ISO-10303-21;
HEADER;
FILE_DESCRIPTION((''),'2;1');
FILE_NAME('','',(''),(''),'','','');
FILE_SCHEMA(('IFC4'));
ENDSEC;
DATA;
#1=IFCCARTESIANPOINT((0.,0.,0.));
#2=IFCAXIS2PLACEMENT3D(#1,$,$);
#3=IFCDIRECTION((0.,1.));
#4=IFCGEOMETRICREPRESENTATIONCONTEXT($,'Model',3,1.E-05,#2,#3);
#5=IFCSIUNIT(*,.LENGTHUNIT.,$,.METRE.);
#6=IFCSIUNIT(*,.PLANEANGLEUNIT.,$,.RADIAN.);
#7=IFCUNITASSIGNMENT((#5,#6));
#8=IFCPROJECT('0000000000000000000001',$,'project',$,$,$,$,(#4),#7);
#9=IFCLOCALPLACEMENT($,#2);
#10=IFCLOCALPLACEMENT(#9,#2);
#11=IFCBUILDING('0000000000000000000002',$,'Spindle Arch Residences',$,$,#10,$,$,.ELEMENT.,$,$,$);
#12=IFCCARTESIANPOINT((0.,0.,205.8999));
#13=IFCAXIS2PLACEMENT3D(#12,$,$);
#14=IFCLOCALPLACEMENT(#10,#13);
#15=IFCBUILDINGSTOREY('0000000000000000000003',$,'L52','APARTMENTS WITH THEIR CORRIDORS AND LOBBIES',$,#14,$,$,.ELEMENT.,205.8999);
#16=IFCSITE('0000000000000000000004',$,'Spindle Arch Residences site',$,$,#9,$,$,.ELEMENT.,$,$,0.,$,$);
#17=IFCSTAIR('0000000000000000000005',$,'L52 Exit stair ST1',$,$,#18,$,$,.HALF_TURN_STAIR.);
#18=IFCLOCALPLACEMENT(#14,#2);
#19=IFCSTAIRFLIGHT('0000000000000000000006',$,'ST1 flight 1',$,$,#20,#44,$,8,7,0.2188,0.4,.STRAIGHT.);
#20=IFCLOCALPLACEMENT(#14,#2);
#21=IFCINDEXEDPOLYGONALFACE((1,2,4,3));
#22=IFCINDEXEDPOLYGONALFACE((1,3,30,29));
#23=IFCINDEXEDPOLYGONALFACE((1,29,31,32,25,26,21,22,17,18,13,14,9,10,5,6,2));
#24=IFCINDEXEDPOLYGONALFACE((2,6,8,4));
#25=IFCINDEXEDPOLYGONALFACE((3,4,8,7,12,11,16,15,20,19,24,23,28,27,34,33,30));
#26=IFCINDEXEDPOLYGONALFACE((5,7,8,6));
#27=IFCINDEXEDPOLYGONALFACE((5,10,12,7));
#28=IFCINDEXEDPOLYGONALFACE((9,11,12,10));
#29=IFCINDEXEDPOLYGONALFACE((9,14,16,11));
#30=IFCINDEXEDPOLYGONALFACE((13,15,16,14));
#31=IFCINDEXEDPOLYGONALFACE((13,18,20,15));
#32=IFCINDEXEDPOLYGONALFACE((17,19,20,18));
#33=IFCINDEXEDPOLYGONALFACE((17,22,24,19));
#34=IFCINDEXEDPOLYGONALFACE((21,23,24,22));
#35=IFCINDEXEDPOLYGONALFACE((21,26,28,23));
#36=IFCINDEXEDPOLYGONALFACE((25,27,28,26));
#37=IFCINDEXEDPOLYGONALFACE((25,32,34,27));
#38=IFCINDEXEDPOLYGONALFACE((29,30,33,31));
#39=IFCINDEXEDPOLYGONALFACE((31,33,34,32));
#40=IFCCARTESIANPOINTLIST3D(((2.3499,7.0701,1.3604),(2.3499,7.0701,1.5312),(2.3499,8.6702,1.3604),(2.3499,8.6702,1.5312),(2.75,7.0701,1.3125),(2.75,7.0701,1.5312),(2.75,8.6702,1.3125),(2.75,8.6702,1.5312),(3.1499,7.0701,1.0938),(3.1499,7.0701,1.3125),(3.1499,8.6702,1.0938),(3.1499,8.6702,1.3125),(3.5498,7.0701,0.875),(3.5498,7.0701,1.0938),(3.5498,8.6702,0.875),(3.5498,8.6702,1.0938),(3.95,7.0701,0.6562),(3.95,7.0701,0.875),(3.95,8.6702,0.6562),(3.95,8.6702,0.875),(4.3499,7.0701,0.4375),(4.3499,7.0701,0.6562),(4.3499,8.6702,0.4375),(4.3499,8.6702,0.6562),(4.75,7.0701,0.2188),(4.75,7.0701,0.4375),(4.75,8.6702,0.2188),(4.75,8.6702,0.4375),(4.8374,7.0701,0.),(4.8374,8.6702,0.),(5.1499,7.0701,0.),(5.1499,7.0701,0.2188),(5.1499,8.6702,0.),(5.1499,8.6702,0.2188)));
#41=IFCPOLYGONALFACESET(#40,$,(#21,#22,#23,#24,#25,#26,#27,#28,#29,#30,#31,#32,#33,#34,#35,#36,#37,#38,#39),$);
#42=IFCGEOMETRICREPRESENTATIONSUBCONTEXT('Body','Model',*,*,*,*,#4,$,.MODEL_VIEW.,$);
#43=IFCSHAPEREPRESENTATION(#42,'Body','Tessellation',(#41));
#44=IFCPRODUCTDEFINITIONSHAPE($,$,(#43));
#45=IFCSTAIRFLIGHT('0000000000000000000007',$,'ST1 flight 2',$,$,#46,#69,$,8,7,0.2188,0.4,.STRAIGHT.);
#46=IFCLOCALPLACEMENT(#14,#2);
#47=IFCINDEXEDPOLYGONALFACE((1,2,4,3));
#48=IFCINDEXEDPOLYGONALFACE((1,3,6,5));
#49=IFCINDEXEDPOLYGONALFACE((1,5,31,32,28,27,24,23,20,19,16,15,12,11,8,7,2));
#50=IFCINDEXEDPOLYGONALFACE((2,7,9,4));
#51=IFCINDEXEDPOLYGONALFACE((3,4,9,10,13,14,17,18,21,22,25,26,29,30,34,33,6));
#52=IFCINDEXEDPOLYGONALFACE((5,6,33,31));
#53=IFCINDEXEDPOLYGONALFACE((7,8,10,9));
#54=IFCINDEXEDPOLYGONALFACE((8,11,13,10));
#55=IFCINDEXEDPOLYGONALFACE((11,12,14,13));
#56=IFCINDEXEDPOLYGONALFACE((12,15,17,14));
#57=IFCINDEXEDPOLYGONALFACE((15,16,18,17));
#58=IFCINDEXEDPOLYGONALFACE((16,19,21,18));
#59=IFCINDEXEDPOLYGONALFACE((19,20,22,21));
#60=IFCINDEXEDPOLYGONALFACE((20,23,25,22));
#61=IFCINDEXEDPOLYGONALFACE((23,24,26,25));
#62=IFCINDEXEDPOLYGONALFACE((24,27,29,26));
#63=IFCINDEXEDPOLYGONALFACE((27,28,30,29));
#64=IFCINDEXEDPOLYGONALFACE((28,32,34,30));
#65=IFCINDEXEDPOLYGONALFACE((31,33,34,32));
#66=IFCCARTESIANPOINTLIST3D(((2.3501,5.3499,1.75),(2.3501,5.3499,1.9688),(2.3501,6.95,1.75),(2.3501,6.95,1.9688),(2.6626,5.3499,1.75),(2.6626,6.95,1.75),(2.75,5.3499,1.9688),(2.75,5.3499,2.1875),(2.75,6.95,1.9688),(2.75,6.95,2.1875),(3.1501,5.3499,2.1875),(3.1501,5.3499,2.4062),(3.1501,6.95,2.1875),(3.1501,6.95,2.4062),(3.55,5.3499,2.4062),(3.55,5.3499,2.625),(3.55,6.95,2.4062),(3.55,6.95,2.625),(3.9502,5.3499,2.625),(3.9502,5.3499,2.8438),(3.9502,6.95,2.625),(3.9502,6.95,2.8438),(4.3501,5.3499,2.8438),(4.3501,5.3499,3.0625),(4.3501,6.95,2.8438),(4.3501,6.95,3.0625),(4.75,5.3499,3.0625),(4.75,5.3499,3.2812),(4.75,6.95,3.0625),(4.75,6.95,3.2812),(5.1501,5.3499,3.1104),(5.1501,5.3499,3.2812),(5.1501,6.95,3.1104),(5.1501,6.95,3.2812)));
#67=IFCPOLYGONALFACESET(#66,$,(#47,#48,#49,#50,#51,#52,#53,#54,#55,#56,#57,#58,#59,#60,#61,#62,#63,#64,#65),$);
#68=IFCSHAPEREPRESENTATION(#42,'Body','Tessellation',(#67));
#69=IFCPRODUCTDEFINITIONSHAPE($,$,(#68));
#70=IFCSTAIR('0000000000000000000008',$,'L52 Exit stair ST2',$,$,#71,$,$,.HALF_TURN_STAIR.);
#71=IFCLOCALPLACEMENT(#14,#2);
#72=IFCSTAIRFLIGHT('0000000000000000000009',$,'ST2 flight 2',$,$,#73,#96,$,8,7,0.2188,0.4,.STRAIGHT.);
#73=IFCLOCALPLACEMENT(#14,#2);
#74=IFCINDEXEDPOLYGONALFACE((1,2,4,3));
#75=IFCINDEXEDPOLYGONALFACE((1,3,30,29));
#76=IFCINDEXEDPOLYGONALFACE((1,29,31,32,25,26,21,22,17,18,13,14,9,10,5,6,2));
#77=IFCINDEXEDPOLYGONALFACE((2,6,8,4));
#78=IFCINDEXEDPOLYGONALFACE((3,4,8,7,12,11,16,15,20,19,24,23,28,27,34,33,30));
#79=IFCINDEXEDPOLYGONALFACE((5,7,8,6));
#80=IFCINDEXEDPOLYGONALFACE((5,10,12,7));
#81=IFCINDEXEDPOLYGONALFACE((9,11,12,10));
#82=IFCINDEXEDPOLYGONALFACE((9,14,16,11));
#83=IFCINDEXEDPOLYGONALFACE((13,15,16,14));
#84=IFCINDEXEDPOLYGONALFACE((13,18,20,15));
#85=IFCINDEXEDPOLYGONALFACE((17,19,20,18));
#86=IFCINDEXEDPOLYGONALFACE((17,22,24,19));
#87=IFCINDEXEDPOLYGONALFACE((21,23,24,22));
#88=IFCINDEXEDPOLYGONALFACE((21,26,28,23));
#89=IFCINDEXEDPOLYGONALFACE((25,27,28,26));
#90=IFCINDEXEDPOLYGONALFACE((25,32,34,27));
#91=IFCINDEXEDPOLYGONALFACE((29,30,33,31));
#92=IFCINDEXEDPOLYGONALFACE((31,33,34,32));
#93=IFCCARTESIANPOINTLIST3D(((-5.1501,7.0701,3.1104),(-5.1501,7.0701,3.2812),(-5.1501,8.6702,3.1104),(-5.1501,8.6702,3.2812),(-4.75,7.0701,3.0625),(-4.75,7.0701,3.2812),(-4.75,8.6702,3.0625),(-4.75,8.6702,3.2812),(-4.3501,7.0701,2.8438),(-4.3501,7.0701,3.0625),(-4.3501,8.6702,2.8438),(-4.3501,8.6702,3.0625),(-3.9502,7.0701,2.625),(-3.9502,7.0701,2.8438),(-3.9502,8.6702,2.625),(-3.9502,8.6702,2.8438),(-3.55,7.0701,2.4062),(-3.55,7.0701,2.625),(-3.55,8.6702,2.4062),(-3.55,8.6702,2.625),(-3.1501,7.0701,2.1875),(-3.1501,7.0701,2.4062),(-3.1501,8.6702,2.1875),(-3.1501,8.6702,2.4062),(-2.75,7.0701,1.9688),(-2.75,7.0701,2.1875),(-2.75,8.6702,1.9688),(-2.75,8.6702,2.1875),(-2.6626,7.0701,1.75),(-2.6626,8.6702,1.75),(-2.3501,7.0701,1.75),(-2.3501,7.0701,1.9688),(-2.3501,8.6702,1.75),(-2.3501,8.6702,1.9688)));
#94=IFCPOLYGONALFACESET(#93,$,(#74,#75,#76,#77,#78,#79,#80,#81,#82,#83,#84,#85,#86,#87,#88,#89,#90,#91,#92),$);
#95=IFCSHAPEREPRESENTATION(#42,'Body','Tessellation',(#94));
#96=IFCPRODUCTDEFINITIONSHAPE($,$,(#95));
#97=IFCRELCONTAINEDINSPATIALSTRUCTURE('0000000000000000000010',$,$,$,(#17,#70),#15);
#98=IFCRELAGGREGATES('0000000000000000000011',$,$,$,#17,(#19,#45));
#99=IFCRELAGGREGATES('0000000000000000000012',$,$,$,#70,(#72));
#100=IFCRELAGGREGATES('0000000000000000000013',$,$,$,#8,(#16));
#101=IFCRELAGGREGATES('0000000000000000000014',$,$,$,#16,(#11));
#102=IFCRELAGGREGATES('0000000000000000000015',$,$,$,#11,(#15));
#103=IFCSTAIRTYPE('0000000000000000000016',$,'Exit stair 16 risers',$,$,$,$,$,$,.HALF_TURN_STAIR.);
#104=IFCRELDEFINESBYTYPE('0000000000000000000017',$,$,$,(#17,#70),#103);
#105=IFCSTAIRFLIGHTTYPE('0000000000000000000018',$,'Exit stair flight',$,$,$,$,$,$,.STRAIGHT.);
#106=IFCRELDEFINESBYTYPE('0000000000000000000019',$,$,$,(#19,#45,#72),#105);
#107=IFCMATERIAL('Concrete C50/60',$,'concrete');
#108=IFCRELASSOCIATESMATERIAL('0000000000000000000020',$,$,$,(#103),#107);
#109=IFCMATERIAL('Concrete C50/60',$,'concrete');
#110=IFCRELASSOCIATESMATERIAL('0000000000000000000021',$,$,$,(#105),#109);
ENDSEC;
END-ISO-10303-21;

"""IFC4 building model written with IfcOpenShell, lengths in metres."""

from ifc_helpers import new_model, si_unit, direction, frame, origin, place, context, subcontext, project, spatial, polyline, outline, extrude, material, type_object, element, aggregate, save


model = new_model("IFC4")

# Units and contexts
model_context = context("Model", 3, precision=1e-05, world=origin(), true_north=direction((0.0, 1.0)))
body_context = subcontext(model_context, "Body", "Model", "MODEL_VIEW")
ifc_project = project(units=[si_unit("LENGTHUNIT", "METRE"), si_unit("PLANEANGLEUNIT", "RADIAN")], contexts=[model_context])

# Site, building, storey
site_placement = place(None, origin())
site = spatial("IfcSite", under=ifc_project, at=site_placement, Name="Spindle Arch Residences site", CompositionType="ELEMENT", RefElevation=0.0)
building_placement = place(site_placement, origin())
building = spatial("IfcBuilding", under=site, at=building_placement, Name="Spindle Arch Residences", CompositionType="ELEMENT")
storey_placement = place(building_placement, frame((0.0, 0.0, 205.8999)))
storey = spatial("IfcBuildingStorey", under=building, at=storey_placement, Name="L52", Description="APARTMENTS WITH THEIR CORRIDORS AND LOBBIES", CompositionType="ELEMENT", Elevation=205.8999)

# Stair, stair flights
ifc_material_1 = material(Name="Concrete C50/60", Category="concrete")
stair_type = type_object("IfcStairType", Name="Exit stair 16 risers", PredefinedType="HALF_TURN_STAIR", material=ifc_material_1)
stair_1_placement = place(storey_placement, origin())
stair_1 = element("IfcStair", 1, at=stair_1_placement, inside=storey, type_object=stair_type, Name="L52 Exit stair ST1", PredefinedType="HALF_TURN_STAIR")
ifc_material_2 = material(Name="Concrete C50/60", Category="concrete")
stair_flight_type = type_object("IfcStairFlightType", Name="Exit stair flight", PredefinedType="STRAIGHT", material=ifc_material_2)
stair_flight_1_placement = place(storey_placement, frame((5.1499, 7.8701, 0.0), z_axis=(0.0, 0.0, 1.0), x_axis=(-1.0, 0.0, 0.0)))
stair_flight_1 = element("IfcStairFlight", 2, at=stair_flight_1_placement, type_object=stair_flight_type, Name="ST1 flight 1", NumberOfRisers=8, NumberOfTreads=7, PredefinedType="STRAIGHT", RiserHeight=0.2188, TreadLength=0.4, context=body_context, shape_type="SweptSolid", body=[
    extrude(outline(polyline([(0.0, 0.0), (0.0, 0.2188), (0.3999, 0.2188), (0.3999, 0.4375), (0.8, 0.4375), (0.8, 0.6562), (1.2, 0.6562), (1.2, 0.875), (1.6001, 0.875), (1.6001, 1.0938), (2.0, 1.0938), (2.0, 1.3125), (2.3999, 1.3125), (2.3999, 1.5312), (2.8, 1.5312), (2.8, 1.75), (2.8, 1.3604), (0.3125, 0.0), (0.0, 0.0)])), frame((0.0, 0.8, 0.0), z_axis=(0.0, -1.0, 0.0), x_axis=(1.0, 0.0, 0.0)), (0.0, 0.0, 1.0), 1.6001),
])
stair_flight_2_placement = place(storey_placement, frame((2.3501, 6.1499, 1.75), z_axis=(0.0, 0.0, 1.0), x_axis=(1.0, 0.0, 0.0)))
stair_flight_2 = element("IfcStairFlight", 3, at=stair_flight_2_placement, type_object=stair_flight_type, Name="ST1 flight 2", NumberOfRisers=8, NumberOfTreads=7, PredefinedType="STRAIGHT", RiserHeight=0.2188, TreadLength=0.4, context=body_context, shape_type="SweptSolid", body=[
    extrude(outline(polyline([(0.0, 0.0), (0.0, 0.2188), (0.3999, 0.2188), (0.3999, 0.4375), (0.8, 0.4375), (0.8, 0.6562), (1.2, 0.6562), (1.2, 0.875), (1.6001, 0.875), (1.6001, 1.0938), (2.0, 1.0938), (2.0, 1.3125), (2.3999, 1.3125), (2.3999, 1.5312), (2.8, 1.5312), (2.8, 1.75), (2.8, 1.3604), (0.3125, 0.0), (0.0, 0.0)])), frame((0.0, 0.8, 0.0), z_axis=(0.0, -1.0, 0.0), x_axis=(1.0, 0.0, 0.0)), (0.0, 0.0, 1.0), 1.6001),
])
aggregate(stair_1, [stair_flight_1, stair_flight_2])

# Stair, stair flight
stair_2_placement = place(storey_placement, origin())
stair_2 = element("IfcStair", 4, at=stair_2_placement, inside=storey, type_object=stair_type, Name="L52 Exit stair ST2", PredefinedType="HALF_TURN_STAIR")
stair_flight_3_placement = place(storey_placement, frame((-2.3501, 7.8701, 1.75), z_axis=(0.0, 0.0, 1.0), x_axis=(-1.0, 0.0, 0.0)))
stair_flight_3 = element("IfcStairFlight", 5, at=stair_flight_3_placement, type_object=stair_flight_type, Name="ST2 flight 2", NumberOfRisers=8, NumberOfTreads=7, PredefinedType="STRAIGHT", RiserHeight=0.2188, TreadLength=0.4, context=body_context, shape_type="SweptSolid", body=[
    extrude(outline(polyline([(0.0, 0.0), (0.0, 0.2188), (0.3999, 0.2188), (0.3999, 0.4375), (0.8, 0.4375), (0.8, 0.6562), (1.2, 0.6562), (1.2, 0.875), (1.6001, 0.875), (1.6001, 1.0938), (2.0, 1.0938), (2.0, 1.3125), (2.3999, 1.3125), (2.3999, 1.5312), (2.8, 1.5312), (2.8, 1.75), (2.8, 1.3604), (0.3125, 0.0), (0.0, 0.0)])), frame((0.0, 0.8, 0.0), z_axis=(0.0, -1.0, 0.0), x_axis=(1.0, 0.0, 0.0)), (0.0, 0.0, 1.0), 1.6001),
])
aggregate(stair_2, [stair_flight_3])

save(model, "model.ifc")
